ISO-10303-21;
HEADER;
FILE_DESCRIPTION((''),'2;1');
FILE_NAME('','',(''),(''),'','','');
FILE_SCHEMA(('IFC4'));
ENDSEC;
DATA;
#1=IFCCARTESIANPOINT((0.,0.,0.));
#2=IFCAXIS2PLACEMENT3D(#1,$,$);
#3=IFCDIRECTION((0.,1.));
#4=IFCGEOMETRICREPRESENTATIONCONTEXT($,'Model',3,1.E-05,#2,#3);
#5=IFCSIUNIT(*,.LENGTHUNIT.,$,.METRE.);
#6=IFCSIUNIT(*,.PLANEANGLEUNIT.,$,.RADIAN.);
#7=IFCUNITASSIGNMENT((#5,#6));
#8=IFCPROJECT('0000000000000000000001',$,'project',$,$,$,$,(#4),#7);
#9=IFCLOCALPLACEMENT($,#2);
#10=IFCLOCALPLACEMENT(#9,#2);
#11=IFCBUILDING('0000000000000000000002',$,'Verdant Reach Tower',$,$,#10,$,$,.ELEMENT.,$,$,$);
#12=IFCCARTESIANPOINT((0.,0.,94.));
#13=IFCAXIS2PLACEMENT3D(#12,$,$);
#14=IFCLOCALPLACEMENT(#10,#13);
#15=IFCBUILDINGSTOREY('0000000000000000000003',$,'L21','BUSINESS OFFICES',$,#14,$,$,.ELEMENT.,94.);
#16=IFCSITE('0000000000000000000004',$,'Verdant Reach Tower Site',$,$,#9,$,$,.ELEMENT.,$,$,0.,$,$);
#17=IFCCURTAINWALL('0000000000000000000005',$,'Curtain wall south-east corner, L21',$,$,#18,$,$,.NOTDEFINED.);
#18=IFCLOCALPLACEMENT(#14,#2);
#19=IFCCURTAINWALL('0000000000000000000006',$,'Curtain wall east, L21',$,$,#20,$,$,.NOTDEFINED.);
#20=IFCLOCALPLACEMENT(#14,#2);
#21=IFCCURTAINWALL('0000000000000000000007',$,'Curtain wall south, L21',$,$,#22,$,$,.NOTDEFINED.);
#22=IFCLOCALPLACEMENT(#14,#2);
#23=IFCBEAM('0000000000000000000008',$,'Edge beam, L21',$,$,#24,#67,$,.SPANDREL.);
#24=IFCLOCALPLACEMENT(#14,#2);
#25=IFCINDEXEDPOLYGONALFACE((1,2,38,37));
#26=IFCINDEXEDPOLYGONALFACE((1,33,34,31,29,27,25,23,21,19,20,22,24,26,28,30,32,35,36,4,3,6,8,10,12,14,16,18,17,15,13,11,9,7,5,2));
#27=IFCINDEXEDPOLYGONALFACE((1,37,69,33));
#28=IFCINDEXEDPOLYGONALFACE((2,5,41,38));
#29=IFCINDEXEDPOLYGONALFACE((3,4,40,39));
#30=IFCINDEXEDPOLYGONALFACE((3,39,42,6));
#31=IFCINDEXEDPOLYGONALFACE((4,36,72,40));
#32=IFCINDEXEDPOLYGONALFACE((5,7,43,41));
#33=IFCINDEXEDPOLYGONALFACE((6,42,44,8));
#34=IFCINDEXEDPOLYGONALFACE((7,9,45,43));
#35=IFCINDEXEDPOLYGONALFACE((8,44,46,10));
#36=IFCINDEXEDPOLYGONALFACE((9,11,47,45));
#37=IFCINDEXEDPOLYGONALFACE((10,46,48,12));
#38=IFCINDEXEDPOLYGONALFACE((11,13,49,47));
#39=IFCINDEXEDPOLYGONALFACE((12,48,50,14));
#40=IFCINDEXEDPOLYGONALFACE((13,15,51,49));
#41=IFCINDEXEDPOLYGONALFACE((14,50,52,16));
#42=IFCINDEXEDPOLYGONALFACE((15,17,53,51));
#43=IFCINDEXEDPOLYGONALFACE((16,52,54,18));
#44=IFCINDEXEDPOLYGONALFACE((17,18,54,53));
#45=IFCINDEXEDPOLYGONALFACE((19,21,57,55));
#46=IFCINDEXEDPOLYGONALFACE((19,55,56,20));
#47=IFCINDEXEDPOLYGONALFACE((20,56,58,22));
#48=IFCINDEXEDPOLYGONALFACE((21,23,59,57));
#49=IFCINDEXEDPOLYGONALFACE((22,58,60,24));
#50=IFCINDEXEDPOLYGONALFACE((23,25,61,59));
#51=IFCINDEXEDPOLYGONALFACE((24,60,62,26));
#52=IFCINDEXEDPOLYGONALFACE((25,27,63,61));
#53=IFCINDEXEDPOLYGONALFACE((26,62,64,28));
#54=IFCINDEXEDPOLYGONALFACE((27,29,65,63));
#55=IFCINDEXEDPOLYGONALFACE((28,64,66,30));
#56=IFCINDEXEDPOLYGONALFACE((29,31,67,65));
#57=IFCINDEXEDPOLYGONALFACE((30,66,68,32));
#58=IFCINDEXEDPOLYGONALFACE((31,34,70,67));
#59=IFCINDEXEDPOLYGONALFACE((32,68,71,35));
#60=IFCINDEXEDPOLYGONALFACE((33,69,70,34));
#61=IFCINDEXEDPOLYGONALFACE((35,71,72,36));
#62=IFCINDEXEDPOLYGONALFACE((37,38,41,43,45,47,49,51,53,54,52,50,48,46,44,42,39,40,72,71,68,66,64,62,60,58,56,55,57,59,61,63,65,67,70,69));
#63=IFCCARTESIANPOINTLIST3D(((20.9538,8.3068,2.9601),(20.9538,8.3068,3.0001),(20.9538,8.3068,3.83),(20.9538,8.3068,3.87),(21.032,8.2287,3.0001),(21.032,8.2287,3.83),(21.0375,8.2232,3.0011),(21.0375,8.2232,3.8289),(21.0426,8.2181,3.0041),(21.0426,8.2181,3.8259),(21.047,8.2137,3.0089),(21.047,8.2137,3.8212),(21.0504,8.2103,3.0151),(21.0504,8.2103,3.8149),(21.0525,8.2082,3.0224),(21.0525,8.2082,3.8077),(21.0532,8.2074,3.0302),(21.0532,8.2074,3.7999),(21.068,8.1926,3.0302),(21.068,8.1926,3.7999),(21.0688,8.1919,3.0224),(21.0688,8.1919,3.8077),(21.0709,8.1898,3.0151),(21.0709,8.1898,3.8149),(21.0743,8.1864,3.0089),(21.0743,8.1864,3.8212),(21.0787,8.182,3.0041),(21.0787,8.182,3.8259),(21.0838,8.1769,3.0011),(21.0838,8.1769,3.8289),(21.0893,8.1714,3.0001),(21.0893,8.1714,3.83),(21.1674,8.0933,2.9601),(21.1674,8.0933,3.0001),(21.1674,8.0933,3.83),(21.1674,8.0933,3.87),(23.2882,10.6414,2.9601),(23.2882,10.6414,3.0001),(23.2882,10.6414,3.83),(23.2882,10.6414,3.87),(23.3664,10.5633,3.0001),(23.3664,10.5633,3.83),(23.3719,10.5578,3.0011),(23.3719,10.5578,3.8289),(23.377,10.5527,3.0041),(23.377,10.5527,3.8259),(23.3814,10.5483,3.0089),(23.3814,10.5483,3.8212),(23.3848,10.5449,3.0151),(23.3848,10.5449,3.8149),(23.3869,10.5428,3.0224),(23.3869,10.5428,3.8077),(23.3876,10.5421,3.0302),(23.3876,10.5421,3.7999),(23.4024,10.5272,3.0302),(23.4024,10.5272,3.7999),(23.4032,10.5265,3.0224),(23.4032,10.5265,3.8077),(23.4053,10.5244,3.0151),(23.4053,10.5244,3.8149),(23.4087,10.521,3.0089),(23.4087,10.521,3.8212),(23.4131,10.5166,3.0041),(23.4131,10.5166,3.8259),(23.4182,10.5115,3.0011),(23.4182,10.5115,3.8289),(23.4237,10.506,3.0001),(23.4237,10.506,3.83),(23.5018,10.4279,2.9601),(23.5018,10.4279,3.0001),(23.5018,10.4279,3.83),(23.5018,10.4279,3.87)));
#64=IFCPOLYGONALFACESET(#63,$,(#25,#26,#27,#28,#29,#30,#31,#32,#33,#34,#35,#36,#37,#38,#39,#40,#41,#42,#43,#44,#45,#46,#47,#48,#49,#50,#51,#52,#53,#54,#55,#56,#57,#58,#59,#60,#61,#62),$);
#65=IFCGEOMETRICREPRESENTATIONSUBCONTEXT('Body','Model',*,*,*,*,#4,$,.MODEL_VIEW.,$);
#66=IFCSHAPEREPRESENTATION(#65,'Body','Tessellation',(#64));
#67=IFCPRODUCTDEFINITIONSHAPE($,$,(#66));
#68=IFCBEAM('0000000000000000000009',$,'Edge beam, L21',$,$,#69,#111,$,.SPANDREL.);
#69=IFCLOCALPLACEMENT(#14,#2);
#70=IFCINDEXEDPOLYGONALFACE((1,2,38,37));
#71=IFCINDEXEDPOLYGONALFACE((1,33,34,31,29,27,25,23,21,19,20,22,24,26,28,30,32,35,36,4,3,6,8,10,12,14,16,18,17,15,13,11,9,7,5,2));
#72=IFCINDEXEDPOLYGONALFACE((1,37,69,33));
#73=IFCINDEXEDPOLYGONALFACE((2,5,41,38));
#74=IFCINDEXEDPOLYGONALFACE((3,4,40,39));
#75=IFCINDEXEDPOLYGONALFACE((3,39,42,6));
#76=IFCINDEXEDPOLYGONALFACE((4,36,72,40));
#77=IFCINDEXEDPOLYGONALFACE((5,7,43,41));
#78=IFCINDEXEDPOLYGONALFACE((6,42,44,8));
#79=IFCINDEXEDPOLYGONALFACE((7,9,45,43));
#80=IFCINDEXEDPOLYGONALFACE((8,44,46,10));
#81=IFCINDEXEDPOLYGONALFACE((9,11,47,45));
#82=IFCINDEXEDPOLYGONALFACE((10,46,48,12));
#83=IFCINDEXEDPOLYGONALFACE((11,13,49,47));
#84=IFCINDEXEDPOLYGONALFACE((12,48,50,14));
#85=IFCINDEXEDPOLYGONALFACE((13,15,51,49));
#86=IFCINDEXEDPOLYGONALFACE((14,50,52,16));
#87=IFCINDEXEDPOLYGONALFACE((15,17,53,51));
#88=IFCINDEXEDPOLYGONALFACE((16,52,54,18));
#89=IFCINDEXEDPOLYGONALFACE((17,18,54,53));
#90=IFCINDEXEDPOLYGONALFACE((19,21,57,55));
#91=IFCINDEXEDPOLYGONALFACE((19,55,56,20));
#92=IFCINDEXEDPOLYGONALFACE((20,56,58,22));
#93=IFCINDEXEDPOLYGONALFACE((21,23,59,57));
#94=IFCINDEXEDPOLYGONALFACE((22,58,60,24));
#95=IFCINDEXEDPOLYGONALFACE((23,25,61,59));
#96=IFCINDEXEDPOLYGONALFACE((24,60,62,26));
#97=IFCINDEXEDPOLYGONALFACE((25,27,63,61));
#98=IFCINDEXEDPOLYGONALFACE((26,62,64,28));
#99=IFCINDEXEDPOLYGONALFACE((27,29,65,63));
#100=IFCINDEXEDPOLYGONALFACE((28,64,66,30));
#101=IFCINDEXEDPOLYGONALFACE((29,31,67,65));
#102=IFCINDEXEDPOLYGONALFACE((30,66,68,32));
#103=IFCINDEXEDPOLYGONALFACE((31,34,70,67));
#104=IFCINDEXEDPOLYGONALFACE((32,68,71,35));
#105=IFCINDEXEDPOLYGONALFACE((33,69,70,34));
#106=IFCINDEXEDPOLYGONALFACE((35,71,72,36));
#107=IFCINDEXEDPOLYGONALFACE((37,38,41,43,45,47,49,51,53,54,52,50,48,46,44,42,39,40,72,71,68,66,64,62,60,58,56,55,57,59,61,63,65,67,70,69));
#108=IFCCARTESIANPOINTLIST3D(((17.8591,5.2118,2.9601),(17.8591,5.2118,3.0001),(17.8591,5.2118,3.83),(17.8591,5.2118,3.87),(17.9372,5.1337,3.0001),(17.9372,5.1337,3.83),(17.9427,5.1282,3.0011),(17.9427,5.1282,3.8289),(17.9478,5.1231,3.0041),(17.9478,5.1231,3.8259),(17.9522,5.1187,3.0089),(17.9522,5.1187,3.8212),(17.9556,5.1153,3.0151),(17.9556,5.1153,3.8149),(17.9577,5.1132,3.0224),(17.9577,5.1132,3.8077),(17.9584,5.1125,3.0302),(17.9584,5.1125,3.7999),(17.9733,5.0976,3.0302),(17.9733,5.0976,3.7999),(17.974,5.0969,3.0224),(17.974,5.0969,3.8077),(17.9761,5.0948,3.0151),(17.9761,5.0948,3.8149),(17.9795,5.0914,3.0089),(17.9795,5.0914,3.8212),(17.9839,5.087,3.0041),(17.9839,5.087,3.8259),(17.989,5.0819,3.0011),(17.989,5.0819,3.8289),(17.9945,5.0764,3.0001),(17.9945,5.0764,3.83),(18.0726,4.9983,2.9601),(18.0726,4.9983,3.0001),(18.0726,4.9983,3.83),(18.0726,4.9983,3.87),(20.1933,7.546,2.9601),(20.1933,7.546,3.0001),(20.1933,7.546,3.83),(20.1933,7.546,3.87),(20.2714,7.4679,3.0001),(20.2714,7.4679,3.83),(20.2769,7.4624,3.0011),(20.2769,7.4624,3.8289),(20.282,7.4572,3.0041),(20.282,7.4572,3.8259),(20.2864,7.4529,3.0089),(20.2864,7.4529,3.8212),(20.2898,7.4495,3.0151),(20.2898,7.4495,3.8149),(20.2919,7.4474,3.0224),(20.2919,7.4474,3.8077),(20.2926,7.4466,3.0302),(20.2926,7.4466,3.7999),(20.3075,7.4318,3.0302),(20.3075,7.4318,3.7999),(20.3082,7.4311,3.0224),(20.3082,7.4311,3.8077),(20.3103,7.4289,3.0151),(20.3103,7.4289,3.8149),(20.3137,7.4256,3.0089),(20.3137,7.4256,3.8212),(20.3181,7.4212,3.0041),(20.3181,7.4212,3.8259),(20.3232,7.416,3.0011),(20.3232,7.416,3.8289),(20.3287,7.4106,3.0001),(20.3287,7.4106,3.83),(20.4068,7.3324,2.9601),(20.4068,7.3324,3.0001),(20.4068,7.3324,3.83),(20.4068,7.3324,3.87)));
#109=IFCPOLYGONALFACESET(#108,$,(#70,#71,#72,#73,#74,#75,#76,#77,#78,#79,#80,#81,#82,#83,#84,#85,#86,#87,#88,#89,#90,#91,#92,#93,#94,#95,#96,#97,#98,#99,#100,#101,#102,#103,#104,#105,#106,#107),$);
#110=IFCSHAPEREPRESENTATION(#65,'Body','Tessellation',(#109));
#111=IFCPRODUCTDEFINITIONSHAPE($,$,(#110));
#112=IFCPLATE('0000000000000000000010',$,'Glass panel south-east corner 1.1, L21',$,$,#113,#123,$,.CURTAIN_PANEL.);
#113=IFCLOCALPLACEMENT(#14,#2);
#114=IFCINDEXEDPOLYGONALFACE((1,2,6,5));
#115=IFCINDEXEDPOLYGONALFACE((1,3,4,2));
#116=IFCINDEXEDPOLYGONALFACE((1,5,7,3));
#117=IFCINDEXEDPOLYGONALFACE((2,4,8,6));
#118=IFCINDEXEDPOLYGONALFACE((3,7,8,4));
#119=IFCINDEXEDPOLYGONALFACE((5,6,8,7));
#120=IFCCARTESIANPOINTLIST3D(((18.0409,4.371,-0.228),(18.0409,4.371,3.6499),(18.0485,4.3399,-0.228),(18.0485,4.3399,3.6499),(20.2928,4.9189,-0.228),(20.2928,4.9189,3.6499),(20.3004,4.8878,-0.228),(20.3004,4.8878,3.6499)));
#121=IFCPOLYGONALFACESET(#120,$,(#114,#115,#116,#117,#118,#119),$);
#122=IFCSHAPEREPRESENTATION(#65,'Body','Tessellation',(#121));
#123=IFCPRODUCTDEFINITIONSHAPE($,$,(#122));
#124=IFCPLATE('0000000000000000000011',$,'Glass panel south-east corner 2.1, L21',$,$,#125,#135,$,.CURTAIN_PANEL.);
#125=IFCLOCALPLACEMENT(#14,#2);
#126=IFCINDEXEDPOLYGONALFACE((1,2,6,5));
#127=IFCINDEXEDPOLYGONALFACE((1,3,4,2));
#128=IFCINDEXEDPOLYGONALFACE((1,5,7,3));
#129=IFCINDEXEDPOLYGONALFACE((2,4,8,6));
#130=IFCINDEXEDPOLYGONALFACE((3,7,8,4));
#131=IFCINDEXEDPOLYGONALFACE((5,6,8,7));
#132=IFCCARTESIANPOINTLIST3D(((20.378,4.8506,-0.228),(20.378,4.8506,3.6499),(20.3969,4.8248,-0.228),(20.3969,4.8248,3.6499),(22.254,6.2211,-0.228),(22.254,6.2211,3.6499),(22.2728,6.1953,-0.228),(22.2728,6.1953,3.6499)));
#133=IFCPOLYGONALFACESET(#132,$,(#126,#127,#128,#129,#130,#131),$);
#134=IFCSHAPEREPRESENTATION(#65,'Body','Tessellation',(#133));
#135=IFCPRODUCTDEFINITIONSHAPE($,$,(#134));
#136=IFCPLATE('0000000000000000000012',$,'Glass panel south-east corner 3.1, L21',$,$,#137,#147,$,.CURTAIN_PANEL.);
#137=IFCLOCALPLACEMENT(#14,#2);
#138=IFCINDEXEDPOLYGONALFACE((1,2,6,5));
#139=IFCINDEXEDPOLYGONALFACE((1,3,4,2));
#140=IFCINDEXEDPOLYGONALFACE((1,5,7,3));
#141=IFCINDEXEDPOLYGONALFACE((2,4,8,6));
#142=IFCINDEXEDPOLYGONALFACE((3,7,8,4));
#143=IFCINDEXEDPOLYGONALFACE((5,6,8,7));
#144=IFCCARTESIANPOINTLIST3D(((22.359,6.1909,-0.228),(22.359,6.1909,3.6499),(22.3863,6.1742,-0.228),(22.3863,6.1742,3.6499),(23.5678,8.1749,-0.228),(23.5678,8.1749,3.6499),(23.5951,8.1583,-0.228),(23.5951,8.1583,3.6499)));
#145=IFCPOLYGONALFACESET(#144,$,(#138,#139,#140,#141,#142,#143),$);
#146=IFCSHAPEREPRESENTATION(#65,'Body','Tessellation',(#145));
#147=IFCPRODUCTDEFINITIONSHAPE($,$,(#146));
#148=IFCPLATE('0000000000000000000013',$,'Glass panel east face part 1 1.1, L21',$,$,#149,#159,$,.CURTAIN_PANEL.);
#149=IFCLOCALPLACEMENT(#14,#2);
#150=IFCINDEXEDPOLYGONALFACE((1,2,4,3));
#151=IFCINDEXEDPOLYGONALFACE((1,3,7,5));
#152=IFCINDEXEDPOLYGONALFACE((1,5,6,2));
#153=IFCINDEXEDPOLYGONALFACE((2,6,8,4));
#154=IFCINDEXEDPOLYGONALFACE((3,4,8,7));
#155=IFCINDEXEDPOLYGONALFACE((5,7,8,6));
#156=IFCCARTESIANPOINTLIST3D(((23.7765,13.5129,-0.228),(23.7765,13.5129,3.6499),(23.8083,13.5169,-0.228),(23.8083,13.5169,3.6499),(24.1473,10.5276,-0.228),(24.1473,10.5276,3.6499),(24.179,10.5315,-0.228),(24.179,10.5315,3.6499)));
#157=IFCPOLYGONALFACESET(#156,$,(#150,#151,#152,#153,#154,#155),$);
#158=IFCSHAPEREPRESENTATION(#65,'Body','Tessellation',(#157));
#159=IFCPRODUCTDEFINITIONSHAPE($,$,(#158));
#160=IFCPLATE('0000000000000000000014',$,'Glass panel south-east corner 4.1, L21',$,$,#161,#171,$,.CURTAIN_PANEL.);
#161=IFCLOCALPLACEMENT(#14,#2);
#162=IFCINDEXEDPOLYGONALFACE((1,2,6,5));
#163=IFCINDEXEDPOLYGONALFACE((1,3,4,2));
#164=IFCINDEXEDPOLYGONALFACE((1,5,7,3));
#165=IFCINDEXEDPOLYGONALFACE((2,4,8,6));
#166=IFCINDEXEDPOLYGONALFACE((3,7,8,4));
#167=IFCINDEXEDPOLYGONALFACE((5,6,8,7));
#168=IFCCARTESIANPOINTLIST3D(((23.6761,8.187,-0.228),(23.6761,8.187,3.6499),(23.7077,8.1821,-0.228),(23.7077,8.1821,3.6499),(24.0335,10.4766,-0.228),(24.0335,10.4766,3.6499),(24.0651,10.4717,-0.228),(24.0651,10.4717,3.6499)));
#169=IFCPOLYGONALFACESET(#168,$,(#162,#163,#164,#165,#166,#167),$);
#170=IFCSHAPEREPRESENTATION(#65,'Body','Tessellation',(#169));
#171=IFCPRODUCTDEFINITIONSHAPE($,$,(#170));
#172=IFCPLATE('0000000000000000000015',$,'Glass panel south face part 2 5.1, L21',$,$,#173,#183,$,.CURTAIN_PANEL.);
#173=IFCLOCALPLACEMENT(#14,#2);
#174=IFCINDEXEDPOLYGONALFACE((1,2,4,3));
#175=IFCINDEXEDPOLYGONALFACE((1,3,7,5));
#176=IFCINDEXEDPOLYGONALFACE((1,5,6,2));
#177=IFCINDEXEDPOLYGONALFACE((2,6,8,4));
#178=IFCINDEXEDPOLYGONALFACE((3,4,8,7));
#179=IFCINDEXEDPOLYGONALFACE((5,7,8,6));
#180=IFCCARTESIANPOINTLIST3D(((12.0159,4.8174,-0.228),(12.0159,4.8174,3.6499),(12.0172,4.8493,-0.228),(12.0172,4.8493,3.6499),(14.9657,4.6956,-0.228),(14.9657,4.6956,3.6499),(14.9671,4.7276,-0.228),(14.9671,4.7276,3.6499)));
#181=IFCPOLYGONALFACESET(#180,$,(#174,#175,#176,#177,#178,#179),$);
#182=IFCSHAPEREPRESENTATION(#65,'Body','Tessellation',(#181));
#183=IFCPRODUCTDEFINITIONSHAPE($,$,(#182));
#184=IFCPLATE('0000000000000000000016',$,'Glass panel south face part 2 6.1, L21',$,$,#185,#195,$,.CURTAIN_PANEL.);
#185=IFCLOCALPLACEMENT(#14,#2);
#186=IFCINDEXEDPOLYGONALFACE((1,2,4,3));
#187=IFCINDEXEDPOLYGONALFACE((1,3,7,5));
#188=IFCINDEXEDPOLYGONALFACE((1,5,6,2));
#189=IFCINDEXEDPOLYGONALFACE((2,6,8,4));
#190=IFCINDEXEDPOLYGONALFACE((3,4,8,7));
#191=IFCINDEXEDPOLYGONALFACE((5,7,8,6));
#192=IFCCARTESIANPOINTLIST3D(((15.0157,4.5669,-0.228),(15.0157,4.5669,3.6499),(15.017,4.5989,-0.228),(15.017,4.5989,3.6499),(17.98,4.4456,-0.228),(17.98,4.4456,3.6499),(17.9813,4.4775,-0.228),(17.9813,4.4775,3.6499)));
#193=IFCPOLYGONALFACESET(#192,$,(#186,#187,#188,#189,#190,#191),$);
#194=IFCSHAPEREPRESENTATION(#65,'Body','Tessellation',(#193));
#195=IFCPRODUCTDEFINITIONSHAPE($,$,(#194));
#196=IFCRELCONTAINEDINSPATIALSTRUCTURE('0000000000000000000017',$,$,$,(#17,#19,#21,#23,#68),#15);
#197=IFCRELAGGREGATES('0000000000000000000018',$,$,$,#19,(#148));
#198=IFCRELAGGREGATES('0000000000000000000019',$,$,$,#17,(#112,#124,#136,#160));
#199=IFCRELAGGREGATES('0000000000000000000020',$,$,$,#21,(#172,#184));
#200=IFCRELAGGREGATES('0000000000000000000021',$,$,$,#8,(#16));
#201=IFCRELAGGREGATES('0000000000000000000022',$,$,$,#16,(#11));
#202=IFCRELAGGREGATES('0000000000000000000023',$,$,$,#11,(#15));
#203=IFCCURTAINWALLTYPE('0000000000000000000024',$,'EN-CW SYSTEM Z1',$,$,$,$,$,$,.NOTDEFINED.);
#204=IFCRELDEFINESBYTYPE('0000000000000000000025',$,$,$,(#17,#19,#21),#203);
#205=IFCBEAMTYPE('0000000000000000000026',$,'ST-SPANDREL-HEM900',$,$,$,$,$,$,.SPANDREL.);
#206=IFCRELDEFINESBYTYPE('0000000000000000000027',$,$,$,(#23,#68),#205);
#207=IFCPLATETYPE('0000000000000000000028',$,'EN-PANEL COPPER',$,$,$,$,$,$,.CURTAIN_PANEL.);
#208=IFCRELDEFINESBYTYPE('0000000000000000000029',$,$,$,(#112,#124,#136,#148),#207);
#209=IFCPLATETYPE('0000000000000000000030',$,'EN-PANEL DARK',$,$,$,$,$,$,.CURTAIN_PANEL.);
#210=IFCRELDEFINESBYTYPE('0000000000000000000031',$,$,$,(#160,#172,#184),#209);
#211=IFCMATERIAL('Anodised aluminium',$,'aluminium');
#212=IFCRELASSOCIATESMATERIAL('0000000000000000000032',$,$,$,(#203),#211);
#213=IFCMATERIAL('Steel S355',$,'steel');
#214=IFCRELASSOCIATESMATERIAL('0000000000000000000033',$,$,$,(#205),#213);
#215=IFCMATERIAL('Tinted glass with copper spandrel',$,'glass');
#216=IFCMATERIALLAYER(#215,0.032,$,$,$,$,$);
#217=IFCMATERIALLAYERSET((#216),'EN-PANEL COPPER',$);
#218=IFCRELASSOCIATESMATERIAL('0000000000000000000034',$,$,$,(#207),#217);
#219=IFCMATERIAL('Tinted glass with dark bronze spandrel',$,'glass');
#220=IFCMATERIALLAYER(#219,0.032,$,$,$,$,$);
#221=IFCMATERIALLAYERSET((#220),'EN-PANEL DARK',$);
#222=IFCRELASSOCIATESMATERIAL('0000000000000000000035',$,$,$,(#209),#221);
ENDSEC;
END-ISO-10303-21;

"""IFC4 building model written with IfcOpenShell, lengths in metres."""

from ifc_helpers import new_model, si_unit, direction, frame, origin, origin_2d, place, context, subcontext, project, spatial, rectangle, i_section, extrude, material, layer, layer_set, material_profile, profile_set, type_object, element, aggregate, save


model = new_model("IFC4")

# Units and contexts
model_context = context("Model", 3, precision=1e-05, world=origin(), true_north=direction((0.0, 1.0)))
body_context = subcontext(model_context, "Body", "Model", "MODEL_VIEW")
ifc_project = project(units=[si_unit("LENGTHUNIT", "METRE"), si_unit("PLANEANGLEUNIT", "RADIAN")], contexts=[model_context])

# Site, building, storey
site_placement = place(None, origin())
site = spatial("IfcSite", under=ifc_project, at=site_placement, Name="Verdant Reach Tower Site", CompositionType="ELEMENT", RefElevation=0.0)
building_placement = place(site_placement, origin())
building = spatial("IfcBuilding", under=site, at=building_placement, Name="Verdant Reach Tower", CompositionType="ELEMENT")
storey_placement = place(building_placement, frame((0.0, 0.0, 94.0)))
storey = spatial("IfcBuildingStorey", under=building, at=storey_placement, Name="L21", Description="BUSINESS OFFICES", CompositionType="ELEMENT", Elevation=94.0)

# Curtain wall
ifc_material_1 = material(Name="Anodised aluminium", Category="aluminium")
curtain_wall_type = type_object("IfcCurtainWallType", Name="EN-CW SYSTEM Z1", PredefinedType="NOTDEFINED", material=ifc_material_1)
curtain_wall_1_placement = place(storey_placement, origin())
curtain_wall_1 = element("IfcCurtainWall", 1, at=curtain_wall_1_placement, inside=storey, type_object=curtain_wall_type, Name="Curtain wall south-east corner, L21", PredefinedType="NOTDEFINED")

# Curtain walls
curtain_wall_2_placement = place(storey_placement, origin())
curtain_wall_2 = element("IfcCurtainWall", 2, at=curtain_wall_2_placement, inside=storey, type_object=curtain_wall_type, Name="Curtain wall east, L21", PredefinedType="NOTDEFINED")
curtain_wall_3_placement = place(storey_placement, origin())
curtain_wall_3 = element("IfcCurtainWall", 3, at=curtain_wall_3_placement, inside=storey, type_object=curtain_wall_type, Name="Curtain wall south, L21", PredefinedType="NOTDEFINED")

# Beams
ifc_material_2 = material(Name="Steel S355", Category="steel")
ifc_material_profile_1 = material_profile(ifc_material_2, i_section(OverallWidth=0.302, OverallDepth=0.9099, WebThickness=0.021, FlangeThickness=0.04, FilletRadius=0.03, at=origin_2d()), Name="HEM 900")
ifc_profile_set_1 = profile_set([ifc_material_profile_1], Name="Steel S355")
beam_type_1 = type_object("IfcBeamType", Name="ST-SPANDREL-HEM900", PredefinedType="SPANDREL", material=ifc_profile_set_1)
beam_1_placement = place(storey_placement, frame((23.395, 10.5347, 3.415), z_axis=(-0.70707, -0.707144, 0.0), x_axis=(0.707144, -0.70707, 0.0)))
element("IfcBeam", 4, at=beam_1_placement, inside=storey, type_object=beam_type_1, Name="Edge beam, L21", PredefinedType="SPANDREL", context=body_context, shape_type="SweptSolid", body=[
    extrude(i_section(OverallWidth=0.302, OverallDepth=0.9099, WebThickness=0.021, FlangeThickness=0.04, FilletRadius=0.03, at=origin_2d()), origin(), (0.0, 0.0, 1.0), 3.3015),
])
beam_2_placement = place(storey_placement, frame((20.3, 7.4392, 3.415), z_axis=(-0.707107, -0.707107, 0.0), x_axis=(0.707107, -0.707107, 0.0)))
element("IfcBeam", 5, at=beam_2_placement, inside=storey, type_object=beam_type_1, Name="Edge beam, L21", PredefinedType="SPANDREL", context=body_context, shape_type="SweptSolid", body=[
    extrude(i_section(OverallWidth=0.302, OverallDepth=0.9099, WebThickness=0.021, FlangeThickness=0.04, FilletRadius=0.03, at=origin_2d()), origin(), (0.0, 0.0, 1.0), 3.301),
])

# Plates
ifc_material_3 = material(Name="Tinted glass with copper spandrel", Category="glass")
ifc_layer_1 = layer(ifc_material_3, 0.032)
ifc_layer_set_1 = layer_set([ifc_layer_1], Name="EN-PANEL COPPER")
plate_type_1 = type_object("IfcPlateType", Name="EN-PANEL COPPER", PredefinedType="CURTAIN_PANEL", material=ifc_layer_set_1)
plate_1_placement = place(storey_placement, frame((19.1707, 4.6294, -0.228), z_axis=(0.0, 0.0, 1.0), x_axis=(0.971661, 0.23638, 0.0)))
plate_1 = element("IfcPlate", 6, at=plate_1_placement, type_object=plate_type_1, Name="Glass panel south-east corner 1.1, L21", PredefinedType="CURTAIN_PANEL", context=body_context, shape_type="SweptSolid", body=[
    extrude(rectangle(XDim=2.3176, YDim=0.032, at=origin_2d()), origin(), (0.0, 0.0, 1.0), 3.8779),
])
plate_2_placement = place(storey_placement, frame((21.3254, 5.5229, -0.228), z_axis=(0.0, 0.0, 1.0), x_axis=(0.807457, 0.589927, 0.0)))
plate_2 = element("IfcPlate", 7, at=plate_2_placement, type_object=plate_type_1, Name="Glass panel south-east corner 2.1, L21", PredefinedType="CURTAIN_PANEL", context=body_context, shape_type="SweptSolid", body=[
    extrude(rectangle(XDim=2.3232, YDim=0.032, at=origin_2d()), origin(), (0.0, 0.0, 1.0), 3.8779),
])
plate_3_placement = place(storey_placement, frame((22.9771, 7.1746, -0.228), z_axis=(0.0, 0.0, 1.0), x_axis=(0.520292, 0.853989, 0.0)))
plate_3 = element("IfcPlate", 8, at=plate_3_placement, type_object=plate_type_1, Name="Glass panel south-east corner 3.1, L21", PredefinedType="CURTAIN_PANEL", context=body_context, shape_type="SweptSolid", body=[
    extrude(rectangle(XDim=2.3232, YDim=0.032, at=origin_2d()), origin(), (0.0, 0.0, 1.0), 3.8779),
])
plate_4_placement = place(storey_placement, frame((23.9778, 12.0222, -0.228), z_axis=(0.0, 0.0, 1.0), x_axis=(-0.123256, 0.992375, 0.0)))
plate_4 = element("IfcPlate", 9, at=plate_4_placement, type_object=plate_type_1, Name="Glass panel east face part 1 1.1, L21", PredefinedType="CURTAIN_PANEL", context=body_context, shape_type="SweptSolid", body=[
    extrude(rectangle(XDim=3.0083, YDim=0.032, at=origin_2d()), origin(), (0.0, 0.0, 1.0), 3.8779),
])
aggregate(curtain_wall_2, [plate_4])
ifc_material_4 = material(Name="Tinted glass with dark bronze spandrel", Category="glass")
ifc_layer_2 = layer(ifc_material_4, 0.032)
ifc_layer_set_2 = layer_set([ifc_layer_2], Name="EN-PANEL DARK")
plate_type_2 = type_object("IfcPlateType", Name="EN-PANEL DARK", PredefinedType="CURTAIN_PANEL", material=ifc_layer_set_2)
plate_5_placement = place(storey_placement, frame((23.8706, 9.3293, -0.228), z_axis=(0.0, 0.0, 1.0), x_axis=(0.154248, 0.988032, 0.0)))
plate_5 = element("IfcPlate", 10, at=plate_5_placement, type_object=plate_type_2, Name="Glass panel south-east corner 4.1, L21", PredefinedType="CURTAIN_PANEL", context=body_context, shape_type="SweptSolid", body=[
    extrude(rectangle(XDim=2.3174, YDim=0.032, at=origin_2d()), origin(), (0.0, 0.0, 1.0), 3.8779),
])
aggregate(curtain_wall_1, [plate_1, plate_2, plate_3, plate_5])
plate_6_placement = place(storey_placement, frame((13.4915, 4.7725, -0.228), z_axis=(0.0, 0.0, 1.0), x_axis=(0.999149, -0.041242, 0.0)))
plate_6 = element("IfcPlate", 11, at=plate_6_placement, type_object=plate_type_2, Name="Glass panel south face part 2 5.1, L21", PredefinedType="CURTAIN_PANEL", context=body_context, shape_type="SweptSolid", body=[
    extrude(rectangle(XDim=2.9524, YDim=0.032, at=origin_2d()), origin(), (0.0, 0.0, 1.0), 3.8779),
])
plate_7_placement = place(storey_placement, frame((16.4985, 4.5222, -0.228), z_axis=(0.0, 0.0, 1.0), x_axis=(0.999163, -0.04091, 0.0)))
plate_7 = element("IfcPlate", 12, at=plate_7_placement, type_object=plate_type_2, Name="Glass panel south face part 2 6.1, L21", PredefinedType="CURTAIN_PANEL", context=body_context, shape_type="SweptSolid", body=[
    extrude(rectangle(XDim=2.9668, YDim=0.032, at=origin_2d()), origin(), (0.0, 0.0, 1.0), 3.8779),
])
aggregate(curtain_wall_3, [plate_6, plate_7])

save(model, "model.ifc")
